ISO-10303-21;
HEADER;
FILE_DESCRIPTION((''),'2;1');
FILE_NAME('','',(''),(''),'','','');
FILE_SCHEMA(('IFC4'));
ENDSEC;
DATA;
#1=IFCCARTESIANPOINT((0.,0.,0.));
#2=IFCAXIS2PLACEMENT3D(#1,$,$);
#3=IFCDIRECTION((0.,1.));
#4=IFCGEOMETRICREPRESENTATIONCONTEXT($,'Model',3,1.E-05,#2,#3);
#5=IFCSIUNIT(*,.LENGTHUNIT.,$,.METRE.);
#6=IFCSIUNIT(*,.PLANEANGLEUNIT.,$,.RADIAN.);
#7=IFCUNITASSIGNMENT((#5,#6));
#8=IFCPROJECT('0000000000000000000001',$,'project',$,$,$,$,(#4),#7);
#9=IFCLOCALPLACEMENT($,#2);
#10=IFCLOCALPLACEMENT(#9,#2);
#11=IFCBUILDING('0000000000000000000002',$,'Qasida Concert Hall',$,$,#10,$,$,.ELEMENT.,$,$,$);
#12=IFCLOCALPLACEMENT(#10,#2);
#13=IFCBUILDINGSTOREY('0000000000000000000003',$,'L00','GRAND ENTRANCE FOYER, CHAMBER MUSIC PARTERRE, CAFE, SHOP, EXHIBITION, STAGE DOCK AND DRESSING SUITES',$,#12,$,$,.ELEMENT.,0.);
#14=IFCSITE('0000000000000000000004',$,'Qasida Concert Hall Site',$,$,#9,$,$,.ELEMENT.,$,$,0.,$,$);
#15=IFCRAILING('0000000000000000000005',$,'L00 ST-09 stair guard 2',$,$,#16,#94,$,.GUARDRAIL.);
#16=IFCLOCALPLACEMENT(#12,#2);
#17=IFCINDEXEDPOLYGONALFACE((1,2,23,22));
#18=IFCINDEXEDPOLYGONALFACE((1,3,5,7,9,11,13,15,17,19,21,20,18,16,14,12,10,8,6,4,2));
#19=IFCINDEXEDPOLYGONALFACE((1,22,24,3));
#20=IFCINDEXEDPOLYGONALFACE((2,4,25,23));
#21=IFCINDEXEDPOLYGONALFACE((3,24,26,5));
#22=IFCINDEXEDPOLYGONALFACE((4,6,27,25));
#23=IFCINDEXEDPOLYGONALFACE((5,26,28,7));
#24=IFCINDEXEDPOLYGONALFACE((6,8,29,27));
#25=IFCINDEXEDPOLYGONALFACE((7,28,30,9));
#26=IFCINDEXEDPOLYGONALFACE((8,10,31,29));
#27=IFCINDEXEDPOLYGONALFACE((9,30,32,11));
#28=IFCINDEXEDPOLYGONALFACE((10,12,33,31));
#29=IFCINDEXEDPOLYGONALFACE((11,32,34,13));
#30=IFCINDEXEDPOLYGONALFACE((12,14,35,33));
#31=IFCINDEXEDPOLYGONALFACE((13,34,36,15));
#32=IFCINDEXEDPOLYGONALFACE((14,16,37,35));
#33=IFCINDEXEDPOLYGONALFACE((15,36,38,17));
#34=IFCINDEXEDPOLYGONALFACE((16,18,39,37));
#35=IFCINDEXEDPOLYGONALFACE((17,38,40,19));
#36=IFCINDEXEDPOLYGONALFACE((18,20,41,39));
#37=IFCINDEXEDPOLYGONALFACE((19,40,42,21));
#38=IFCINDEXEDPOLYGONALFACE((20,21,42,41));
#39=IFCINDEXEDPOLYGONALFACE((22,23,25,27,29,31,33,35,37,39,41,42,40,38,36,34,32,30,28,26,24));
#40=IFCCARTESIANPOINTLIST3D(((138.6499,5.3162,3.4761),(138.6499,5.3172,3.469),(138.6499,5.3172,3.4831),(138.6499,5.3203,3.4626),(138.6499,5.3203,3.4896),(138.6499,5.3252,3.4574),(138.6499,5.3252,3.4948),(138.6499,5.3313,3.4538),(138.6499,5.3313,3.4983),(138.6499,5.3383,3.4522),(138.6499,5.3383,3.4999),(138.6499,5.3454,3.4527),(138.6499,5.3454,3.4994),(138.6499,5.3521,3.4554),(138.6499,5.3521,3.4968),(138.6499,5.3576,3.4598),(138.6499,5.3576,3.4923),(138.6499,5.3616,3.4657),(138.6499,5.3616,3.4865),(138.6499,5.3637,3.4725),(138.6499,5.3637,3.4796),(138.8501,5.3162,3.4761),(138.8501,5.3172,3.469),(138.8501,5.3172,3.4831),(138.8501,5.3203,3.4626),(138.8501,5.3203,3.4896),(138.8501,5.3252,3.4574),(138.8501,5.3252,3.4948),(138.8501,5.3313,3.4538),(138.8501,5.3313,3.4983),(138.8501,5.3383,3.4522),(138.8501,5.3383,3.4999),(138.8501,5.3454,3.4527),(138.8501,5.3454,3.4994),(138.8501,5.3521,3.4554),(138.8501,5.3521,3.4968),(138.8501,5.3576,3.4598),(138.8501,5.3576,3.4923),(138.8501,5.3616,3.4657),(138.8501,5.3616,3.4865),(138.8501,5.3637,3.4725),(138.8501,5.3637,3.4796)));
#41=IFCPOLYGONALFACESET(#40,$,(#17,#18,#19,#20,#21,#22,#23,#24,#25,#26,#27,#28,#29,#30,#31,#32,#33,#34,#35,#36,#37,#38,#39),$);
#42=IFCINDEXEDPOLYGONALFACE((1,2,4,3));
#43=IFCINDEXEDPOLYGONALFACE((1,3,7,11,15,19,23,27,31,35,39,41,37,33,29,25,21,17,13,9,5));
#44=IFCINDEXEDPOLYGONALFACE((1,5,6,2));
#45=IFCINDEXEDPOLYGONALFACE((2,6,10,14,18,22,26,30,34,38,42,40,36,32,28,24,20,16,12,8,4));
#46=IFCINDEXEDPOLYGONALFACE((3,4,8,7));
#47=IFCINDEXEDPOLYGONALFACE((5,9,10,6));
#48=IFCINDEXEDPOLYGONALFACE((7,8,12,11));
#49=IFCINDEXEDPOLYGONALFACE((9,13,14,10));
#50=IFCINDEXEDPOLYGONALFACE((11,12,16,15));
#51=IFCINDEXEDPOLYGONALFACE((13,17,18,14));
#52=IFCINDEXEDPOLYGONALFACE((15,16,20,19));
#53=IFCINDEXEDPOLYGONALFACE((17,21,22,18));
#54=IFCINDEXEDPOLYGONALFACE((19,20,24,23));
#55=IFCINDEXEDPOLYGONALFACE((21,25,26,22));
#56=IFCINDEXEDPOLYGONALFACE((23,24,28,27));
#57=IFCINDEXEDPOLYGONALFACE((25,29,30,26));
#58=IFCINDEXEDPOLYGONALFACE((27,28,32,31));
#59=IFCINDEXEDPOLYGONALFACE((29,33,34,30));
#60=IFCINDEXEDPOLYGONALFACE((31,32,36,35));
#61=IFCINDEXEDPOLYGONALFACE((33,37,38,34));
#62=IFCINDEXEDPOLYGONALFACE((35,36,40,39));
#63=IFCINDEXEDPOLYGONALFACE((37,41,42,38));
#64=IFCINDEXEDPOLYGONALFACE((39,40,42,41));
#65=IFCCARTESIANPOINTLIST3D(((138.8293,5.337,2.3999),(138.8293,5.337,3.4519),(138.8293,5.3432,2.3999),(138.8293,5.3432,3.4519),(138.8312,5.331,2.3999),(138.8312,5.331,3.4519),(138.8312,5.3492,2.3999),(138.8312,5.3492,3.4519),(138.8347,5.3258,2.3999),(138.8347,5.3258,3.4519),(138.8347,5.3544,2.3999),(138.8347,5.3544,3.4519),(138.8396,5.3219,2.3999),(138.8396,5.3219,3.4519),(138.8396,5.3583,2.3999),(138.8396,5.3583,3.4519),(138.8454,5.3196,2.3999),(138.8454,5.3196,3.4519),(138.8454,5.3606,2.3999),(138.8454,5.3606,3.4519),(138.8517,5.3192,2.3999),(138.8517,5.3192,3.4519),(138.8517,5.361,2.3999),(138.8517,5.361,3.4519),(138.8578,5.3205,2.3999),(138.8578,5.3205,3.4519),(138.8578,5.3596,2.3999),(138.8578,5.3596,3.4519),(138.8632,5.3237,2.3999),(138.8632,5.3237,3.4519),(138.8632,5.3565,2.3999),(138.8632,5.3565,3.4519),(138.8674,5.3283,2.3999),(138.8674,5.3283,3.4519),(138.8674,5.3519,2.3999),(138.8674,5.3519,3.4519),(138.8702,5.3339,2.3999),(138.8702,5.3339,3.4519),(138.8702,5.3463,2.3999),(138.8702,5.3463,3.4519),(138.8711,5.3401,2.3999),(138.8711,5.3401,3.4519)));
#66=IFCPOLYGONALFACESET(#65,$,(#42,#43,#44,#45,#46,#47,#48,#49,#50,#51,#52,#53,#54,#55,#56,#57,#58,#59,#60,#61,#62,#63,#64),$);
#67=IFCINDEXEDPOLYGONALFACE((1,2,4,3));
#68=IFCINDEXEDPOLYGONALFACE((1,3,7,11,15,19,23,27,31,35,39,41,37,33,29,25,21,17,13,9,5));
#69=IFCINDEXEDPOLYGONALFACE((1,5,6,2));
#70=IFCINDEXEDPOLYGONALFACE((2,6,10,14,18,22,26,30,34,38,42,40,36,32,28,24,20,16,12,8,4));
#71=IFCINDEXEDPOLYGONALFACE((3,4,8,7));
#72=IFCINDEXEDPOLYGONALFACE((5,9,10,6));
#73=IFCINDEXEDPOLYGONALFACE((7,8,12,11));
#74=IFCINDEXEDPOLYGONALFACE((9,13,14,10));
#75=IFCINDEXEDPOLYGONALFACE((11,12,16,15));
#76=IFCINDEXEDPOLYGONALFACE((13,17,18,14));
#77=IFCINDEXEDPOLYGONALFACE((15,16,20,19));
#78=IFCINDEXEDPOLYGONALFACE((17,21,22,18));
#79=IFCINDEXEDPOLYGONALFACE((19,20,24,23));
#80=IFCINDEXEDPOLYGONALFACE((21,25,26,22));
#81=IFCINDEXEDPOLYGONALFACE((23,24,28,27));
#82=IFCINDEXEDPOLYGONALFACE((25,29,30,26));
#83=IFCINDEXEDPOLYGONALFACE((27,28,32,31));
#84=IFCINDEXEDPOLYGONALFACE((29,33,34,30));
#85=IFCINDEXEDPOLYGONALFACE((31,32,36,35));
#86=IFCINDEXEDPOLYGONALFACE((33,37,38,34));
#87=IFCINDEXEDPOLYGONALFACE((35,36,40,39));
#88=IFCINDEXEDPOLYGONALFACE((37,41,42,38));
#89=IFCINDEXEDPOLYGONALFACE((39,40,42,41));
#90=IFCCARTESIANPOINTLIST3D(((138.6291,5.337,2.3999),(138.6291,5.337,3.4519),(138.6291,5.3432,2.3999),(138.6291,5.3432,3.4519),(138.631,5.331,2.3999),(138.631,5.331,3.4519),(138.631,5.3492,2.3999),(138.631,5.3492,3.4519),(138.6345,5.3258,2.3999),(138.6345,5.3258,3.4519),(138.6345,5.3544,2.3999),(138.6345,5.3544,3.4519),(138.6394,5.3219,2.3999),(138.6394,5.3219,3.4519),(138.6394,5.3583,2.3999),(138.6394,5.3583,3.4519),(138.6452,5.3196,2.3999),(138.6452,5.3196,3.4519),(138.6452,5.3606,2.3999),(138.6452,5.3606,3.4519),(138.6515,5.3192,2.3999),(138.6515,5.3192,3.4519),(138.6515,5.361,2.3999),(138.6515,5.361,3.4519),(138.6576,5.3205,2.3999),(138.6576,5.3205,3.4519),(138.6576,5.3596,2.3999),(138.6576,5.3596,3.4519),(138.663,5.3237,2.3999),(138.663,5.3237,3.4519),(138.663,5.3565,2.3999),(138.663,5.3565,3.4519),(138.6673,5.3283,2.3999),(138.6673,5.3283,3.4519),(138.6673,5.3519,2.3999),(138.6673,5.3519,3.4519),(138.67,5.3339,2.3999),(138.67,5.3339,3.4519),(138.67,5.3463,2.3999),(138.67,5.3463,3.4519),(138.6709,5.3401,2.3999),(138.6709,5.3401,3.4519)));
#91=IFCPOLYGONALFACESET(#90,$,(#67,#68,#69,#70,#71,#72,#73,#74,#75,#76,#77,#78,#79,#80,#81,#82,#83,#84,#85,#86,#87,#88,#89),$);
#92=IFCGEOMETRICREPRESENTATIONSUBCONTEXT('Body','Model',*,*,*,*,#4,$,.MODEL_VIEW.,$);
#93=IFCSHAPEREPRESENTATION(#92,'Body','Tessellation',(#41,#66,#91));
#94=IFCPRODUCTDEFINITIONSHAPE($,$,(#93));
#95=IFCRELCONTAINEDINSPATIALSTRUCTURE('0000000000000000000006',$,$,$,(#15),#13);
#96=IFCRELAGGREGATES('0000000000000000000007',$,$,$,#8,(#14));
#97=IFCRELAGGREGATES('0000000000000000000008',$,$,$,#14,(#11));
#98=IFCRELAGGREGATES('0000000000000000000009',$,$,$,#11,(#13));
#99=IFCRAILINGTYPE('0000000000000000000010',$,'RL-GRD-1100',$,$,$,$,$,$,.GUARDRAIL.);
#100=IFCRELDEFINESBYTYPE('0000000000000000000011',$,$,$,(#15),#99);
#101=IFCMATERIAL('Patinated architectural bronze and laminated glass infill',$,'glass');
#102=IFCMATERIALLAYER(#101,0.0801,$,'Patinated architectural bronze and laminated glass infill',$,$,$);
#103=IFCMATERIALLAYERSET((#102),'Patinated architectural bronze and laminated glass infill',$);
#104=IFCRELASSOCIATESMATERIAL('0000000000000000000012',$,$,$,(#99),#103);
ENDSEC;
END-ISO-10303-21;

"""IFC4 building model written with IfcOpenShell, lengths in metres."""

from ifc_helpers import new_model, si_unit, direction, frame, origin, origin_2d, place, context, subcontext, project, spatial, circle, extrude, material, layer, layer_set, type_object, element, save


model = new_model("IFC4")

# Units and contexts
model_context = context("Model", 3, precision=1e-05, world=origin(), true_north=direction((0.0, 1.0)))
body_context = subcontext(model_context, "Body", "Model", "MODEL_VIEW")
ifc_project = project(units=[si_unit("LENGTHUNIT", "METRE"), si_unit("PLANEANGLEUNIT", "RADIAN")], contexts=[model_context])

# Site, building, storey
site_placement = place(None, origin())
site = spatial("IfcSite", under=ifc_project, at=site_placement, Name="Qasida Concert Hall Site", CompositionType="ELEMENT", RefElevation=0.0)
building_placement = place(site_placement, origin())
building = spatial("IfcBuilding", under=site, at=building_placement, Name="Qasida Concert Hall", CompositionType="ELEMENT")
storey_placement = place(building_placement, origin())
storey = spatial("IfcBuildingStorey", under=building, at=storey_placement, Name="L00", Description="GRAND ENTRANCE FOYER, CHAMBER MUSIC PARTERRE, CAFE, SHOP, EXHIBITION, STAGE DOCK AND DRESSING SUITES", CompositionType="ELEMENT", Elevation=0.0)

# Railing
ifc_material_1 = material(Name="Patinated architectural bronze and laminated glass infill", Category="glass")
ifc_layer_1 = layer(ifc_material_1, 0.0801, Name="Patinated architectural bronze and laminated glass infill")
ifc_layer_set_1 = layer_set([ifc_layer_1], Name="Patinated architectural bronze and laminated glass infill")
railing_type_1 = type_object("IfcRailingType", Name="RL-GRD-1100", PredefinedType="GUARDRAIL", material=ifc_layer_set_1)
railing_1_placement = place(storey_placement, frame((138.8501, 5.3401, 2.3999)))
element("IfcRailing", 1, at=railing_1_placement, inside=storey, type_object=railing_type_1, Name="L00 ST-09 stair guard 2", PredefinedType="GUARDRAIL", context=body_context, shape_type="SweptSolid", body=[
    extrude(circle(Radius=0.0239, at=origin_2d()), frame((0.0, 0.0, 1.0762), z_axis=(-1.0, 0.0, 0.0), x_axis=(0.0, -1.0, 0.0)), (0.0, 0.0, 1.0), 0.2002),
    extrude(circle(Radius=0.021, at=origin_2d()), origin(), (0.0, 0.0, 1.0), 1.052),
    extrude(circle(Radius=0.021, at=origin_2d()), frame((-0.2002, 0.0, 0.0)), (0.0, 0.0, 1.0), 1.052),
])

save(model, "model.ifc")
